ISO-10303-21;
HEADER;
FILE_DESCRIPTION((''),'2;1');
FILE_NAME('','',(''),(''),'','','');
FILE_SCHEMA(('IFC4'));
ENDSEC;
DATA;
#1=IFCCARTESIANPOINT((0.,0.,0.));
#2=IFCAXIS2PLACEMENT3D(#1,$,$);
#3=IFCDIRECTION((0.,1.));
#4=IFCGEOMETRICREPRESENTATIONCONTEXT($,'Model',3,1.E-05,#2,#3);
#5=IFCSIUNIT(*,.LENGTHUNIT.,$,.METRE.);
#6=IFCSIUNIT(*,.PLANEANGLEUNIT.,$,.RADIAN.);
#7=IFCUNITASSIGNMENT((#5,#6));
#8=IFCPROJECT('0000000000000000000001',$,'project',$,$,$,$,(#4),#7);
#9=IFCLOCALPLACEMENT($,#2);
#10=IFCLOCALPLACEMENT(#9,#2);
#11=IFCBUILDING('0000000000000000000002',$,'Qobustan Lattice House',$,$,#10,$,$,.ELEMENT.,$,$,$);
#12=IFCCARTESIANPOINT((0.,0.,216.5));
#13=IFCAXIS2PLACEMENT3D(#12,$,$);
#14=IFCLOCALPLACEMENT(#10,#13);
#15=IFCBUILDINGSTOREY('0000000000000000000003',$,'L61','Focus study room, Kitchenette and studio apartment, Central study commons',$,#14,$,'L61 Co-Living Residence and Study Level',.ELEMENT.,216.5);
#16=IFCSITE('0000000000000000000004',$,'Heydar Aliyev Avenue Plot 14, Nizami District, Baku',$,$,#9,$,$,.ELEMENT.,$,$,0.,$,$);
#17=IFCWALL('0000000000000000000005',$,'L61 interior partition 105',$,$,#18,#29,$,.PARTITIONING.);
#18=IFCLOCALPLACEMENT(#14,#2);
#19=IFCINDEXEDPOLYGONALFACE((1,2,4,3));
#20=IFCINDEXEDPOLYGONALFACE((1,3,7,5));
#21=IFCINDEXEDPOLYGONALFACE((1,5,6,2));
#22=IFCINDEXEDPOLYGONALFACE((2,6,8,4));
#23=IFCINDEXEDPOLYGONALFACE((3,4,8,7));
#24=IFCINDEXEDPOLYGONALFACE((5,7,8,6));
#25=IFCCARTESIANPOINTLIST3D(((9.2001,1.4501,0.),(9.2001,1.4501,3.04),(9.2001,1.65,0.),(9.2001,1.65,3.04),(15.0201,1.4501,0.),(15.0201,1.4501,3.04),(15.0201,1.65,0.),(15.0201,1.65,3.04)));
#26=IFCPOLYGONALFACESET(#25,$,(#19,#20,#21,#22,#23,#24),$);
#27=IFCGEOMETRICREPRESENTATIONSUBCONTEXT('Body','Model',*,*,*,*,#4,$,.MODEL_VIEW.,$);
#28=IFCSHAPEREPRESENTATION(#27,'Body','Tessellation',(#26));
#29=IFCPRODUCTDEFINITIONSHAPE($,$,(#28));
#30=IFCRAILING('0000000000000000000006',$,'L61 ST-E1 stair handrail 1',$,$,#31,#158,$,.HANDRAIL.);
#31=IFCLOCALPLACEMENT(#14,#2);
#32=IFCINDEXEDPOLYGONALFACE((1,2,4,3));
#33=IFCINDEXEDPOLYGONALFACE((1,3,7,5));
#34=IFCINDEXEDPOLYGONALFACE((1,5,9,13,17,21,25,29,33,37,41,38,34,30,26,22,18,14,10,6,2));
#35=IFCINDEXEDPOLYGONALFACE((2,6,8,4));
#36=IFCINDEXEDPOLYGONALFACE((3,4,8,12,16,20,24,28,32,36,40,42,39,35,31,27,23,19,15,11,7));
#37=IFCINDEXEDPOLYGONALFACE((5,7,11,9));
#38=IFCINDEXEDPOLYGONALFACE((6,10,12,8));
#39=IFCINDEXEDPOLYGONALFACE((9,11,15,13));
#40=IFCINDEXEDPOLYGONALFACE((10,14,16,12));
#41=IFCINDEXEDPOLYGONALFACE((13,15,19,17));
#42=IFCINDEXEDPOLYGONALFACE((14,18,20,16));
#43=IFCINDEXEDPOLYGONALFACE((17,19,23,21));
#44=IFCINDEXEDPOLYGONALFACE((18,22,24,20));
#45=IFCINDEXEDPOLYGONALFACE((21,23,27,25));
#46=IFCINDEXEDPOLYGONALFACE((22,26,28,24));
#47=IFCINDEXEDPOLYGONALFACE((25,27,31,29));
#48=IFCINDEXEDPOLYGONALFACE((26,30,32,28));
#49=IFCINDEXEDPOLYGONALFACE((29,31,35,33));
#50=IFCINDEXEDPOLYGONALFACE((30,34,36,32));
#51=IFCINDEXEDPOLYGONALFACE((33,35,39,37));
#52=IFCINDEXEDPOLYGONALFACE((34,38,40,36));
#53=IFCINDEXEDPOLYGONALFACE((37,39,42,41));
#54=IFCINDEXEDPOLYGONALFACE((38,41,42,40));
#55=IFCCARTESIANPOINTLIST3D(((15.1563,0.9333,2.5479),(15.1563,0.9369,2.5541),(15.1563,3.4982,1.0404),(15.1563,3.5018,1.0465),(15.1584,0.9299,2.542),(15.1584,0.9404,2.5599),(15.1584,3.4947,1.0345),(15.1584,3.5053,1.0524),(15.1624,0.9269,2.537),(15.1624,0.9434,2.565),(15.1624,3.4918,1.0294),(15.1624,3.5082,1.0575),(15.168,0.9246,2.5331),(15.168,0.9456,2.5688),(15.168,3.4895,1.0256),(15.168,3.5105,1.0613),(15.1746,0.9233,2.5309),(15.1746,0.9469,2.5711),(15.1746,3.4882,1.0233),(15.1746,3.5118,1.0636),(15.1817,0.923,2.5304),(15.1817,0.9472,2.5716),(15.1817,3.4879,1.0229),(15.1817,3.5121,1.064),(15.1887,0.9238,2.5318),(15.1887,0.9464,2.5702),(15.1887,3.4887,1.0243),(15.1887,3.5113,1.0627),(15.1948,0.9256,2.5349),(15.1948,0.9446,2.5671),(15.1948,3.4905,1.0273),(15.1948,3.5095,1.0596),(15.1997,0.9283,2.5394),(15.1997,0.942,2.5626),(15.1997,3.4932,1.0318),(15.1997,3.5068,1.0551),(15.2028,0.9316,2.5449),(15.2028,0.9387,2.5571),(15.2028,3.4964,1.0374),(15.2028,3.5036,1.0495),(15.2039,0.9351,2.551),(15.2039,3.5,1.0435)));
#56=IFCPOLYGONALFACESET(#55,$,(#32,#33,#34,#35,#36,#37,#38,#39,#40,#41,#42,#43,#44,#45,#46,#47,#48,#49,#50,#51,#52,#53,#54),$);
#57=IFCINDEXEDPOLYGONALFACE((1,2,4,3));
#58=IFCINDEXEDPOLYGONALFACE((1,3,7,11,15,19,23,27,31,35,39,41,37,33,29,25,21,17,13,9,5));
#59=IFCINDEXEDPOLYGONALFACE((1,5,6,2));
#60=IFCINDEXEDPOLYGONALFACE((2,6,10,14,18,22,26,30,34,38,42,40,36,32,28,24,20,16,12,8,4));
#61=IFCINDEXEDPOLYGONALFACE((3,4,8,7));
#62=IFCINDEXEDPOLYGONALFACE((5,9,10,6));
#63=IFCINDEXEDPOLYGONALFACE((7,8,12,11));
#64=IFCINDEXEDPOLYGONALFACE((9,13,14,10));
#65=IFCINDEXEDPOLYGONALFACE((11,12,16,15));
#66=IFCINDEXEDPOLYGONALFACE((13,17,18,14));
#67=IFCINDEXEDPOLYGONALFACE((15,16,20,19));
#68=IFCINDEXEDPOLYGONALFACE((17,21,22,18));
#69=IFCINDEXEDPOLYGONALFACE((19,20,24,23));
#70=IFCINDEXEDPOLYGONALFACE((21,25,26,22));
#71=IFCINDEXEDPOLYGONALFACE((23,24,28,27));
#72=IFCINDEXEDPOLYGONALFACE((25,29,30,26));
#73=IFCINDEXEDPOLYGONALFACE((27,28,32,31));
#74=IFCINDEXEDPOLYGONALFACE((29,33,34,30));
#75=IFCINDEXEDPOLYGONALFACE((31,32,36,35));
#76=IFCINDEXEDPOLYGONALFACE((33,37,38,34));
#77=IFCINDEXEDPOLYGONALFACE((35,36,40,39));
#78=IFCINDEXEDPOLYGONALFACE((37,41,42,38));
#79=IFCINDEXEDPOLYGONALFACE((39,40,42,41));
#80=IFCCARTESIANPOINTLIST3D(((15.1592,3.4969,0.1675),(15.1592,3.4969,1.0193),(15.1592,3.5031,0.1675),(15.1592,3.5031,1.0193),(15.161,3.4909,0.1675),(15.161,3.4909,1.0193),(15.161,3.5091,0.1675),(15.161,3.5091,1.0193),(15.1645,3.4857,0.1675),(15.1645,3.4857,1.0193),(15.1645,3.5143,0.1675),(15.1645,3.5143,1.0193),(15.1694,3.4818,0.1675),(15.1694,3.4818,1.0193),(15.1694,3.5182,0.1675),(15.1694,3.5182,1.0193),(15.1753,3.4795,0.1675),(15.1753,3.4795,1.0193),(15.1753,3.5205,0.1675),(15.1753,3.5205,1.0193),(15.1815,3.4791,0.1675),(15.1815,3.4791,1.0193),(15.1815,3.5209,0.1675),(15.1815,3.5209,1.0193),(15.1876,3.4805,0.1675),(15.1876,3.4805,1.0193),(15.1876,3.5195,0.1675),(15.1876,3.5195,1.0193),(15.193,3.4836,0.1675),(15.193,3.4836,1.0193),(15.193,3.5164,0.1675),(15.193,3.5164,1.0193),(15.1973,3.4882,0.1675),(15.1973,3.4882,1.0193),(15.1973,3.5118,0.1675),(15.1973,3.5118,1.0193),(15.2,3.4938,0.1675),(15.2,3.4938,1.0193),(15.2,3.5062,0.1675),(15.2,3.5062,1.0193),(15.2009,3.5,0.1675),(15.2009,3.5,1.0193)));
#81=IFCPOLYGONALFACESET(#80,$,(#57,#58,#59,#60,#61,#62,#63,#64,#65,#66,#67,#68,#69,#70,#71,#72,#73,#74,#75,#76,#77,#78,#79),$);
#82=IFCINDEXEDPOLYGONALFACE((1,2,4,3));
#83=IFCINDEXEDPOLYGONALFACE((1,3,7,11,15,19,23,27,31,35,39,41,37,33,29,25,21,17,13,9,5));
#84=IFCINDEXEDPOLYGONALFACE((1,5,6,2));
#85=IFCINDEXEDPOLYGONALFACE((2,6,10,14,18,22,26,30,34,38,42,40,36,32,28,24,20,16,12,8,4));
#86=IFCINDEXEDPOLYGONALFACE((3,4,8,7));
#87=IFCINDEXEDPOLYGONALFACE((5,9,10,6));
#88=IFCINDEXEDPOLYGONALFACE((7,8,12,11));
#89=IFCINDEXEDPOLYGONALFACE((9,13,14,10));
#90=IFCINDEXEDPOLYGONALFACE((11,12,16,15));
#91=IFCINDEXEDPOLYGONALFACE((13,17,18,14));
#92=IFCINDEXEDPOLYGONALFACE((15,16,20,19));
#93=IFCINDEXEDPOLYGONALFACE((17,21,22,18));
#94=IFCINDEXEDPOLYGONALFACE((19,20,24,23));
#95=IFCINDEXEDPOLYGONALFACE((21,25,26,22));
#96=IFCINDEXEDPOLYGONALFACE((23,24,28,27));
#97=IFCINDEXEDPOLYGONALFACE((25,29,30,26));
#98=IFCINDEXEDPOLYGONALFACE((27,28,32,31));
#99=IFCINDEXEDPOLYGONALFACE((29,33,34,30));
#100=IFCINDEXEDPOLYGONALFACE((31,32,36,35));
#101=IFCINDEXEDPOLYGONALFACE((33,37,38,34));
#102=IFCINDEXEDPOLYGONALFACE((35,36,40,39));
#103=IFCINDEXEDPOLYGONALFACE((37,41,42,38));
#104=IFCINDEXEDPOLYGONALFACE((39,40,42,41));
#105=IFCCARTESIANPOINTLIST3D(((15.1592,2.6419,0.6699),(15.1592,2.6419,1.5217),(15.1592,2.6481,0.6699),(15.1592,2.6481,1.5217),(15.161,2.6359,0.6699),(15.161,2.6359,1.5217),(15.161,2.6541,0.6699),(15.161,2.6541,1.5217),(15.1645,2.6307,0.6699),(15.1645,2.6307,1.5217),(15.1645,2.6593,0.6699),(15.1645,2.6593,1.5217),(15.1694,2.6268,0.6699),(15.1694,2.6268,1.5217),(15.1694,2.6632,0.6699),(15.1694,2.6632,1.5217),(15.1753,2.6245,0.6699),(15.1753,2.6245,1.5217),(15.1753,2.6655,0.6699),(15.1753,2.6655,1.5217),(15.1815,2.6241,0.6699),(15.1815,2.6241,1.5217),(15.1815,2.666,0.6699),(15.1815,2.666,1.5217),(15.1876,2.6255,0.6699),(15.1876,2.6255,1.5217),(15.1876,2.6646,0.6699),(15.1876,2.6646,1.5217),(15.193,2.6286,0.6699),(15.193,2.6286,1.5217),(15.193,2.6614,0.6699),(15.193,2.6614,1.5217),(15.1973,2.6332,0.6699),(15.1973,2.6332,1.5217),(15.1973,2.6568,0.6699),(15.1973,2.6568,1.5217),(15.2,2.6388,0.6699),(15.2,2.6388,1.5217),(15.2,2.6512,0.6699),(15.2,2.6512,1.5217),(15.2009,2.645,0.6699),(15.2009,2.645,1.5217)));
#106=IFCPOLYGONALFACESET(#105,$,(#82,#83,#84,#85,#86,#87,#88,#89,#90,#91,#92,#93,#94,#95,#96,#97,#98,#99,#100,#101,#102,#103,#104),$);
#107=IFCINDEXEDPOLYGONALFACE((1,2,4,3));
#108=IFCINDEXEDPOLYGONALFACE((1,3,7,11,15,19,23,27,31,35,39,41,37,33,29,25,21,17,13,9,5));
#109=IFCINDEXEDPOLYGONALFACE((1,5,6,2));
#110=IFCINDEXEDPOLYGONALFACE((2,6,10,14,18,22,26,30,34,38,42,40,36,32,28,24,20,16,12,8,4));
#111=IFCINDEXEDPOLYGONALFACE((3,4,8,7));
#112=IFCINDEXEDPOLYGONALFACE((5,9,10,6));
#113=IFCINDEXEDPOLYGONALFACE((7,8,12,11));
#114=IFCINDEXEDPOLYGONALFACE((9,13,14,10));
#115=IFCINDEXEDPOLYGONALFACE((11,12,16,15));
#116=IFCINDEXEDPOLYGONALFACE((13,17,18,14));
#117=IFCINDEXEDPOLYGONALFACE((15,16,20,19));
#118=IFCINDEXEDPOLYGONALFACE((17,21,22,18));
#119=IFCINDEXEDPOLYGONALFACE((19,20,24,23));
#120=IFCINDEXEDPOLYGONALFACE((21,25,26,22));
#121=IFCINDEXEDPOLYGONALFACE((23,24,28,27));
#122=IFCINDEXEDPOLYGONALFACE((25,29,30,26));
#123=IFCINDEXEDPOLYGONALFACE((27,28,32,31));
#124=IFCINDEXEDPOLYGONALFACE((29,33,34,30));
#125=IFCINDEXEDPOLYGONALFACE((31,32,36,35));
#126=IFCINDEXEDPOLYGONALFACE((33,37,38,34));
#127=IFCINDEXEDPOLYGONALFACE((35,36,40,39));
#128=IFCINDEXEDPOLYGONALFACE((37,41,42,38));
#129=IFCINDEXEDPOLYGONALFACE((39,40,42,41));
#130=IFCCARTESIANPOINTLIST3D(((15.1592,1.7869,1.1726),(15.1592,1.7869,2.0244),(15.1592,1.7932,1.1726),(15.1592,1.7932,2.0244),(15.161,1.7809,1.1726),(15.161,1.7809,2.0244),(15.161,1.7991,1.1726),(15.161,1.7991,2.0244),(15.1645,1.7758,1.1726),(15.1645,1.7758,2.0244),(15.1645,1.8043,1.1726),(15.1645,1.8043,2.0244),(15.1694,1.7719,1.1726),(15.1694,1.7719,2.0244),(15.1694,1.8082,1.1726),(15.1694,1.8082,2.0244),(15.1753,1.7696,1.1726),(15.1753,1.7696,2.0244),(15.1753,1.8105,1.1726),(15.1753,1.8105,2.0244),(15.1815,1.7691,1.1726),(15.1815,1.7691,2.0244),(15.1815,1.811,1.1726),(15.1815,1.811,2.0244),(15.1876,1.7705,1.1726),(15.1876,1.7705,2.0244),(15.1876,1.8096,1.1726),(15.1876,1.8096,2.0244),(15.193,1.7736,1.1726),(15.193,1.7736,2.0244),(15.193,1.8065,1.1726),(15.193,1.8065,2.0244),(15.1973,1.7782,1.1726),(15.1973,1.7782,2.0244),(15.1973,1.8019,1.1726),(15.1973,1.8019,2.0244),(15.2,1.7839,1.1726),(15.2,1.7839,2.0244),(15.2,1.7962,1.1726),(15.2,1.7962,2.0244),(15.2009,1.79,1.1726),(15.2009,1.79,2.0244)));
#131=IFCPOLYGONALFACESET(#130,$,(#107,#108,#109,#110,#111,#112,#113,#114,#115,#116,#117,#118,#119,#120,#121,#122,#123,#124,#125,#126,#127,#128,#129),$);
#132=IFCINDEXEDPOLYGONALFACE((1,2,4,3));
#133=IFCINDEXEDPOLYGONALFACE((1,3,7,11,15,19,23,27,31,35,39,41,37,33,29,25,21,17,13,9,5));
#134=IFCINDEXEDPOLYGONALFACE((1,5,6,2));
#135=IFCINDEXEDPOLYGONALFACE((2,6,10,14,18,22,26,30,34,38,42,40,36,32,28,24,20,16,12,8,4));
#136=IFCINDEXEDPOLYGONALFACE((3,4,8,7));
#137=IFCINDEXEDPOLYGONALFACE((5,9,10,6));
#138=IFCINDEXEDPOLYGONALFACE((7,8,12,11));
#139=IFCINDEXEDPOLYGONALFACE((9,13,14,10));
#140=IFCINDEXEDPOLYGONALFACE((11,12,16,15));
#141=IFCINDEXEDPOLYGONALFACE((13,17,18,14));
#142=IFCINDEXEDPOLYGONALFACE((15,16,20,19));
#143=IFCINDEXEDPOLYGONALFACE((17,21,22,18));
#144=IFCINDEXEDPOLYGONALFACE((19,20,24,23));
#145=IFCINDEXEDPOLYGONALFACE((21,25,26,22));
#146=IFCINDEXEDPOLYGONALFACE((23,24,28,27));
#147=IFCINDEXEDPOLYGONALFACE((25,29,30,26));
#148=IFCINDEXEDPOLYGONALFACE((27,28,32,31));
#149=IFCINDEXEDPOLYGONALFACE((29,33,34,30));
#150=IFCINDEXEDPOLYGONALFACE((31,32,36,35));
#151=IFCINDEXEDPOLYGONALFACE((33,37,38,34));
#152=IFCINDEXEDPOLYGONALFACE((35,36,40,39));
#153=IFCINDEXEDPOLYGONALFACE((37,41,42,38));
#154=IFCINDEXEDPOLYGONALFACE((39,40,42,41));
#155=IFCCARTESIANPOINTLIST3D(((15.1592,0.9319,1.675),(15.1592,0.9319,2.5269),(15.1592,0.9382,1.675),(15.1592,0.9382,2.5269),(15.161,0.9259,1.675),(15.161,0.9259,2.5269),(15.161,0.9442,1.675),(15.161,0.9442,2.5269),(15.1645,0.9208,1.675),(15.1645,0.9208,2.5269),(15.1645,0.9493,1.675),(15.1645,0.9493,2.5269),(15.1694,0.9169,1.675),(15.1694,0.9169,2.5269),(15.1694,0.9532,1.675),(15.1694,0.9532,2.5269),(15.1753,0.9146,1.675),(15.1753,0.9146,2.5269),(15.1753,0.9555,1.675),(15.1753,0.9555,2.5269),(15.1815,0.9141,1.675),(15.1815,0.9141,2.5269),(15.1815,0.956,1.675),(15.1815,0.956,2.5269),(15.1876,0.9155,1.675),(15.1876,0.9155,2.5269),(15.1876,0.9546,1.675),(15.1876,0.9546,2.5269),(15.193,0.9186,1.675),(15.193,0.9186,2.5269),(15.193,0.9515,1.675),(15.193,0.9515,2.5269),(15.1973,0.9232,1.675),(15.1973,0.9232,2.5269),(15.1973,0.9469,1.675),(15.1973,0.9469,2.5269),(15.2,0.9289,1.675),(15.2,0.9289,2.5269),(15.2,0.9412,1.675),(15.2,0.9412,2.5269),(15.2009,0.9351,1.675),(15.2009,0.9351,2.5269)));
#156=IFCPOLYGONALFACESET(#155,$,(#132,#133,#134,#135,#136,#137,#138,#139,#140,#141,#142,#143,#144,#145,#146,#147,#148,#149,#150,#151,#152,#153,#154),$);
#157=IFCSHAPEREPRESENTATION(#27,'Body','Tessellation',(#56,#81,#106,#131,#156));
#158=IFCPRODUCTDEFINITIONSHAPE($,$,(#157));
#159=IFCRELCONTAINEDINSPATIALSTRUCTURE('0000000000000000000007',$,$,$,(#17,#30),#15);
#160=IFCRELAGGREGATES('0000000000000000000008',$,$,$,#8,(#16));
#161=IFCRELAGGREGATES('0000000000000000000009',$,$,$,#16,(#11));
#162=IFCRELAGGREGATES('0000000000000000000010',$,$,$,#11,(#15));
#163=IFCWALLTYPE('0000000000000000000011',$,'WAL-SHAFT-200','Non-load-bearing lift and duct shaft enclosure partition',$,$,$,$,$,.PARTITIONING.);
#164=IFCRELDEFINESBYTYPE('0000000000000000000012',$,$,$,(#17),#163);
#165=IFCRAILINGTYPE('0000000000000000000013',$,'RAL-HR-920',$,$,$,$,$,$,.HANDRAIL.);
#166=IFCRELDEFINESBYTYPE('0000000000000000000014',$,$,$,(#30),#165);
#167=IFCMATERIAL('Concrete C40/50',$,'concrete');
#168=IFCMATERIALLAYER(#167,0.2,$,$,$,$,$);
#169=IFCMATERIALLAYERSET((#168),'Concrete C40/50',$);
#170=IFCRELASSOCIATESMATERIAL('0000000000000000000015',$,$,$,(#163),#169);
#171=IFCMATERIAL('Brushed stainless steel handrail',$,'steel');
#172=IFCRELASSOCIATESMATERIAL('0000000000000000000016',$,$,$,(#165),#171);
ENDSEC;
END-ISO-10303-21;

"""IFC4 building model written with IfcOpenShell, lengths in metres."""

from ifc_helpers import new_model, si_unit, direction, frame, frame_2d, origin, origin_2d, place, context, subcontext, project, spatial, rectangle, circle, extrude, material, layer, layer_set, type_object, element, save


model = new_model("IFC4")

# Units and contexts
model_context = context("Model", 3, precision=1e-05, world=origin(), true_north=direction((0.0, 1.0)))
body_context = subcontext(model_context, "Body", "Model", "MODEL_VIEW")
ifc_project = project(units=[si_unit("LENGTHUNIT", "METRE"), si_unit("PLANEANGLEUNIT", "RADIAN")], contexts=[model_context])

# Site, building, storey
site_placement = place(None, origin())
site = spatial("IfcSite", under=ifc_project, at=site_placement, Name="Heydar Aliyev Avenue Plot 14, Nizami District, Baku", CompositionType="ELEMENT", RefElevation=0.0)
building_placement = place(site_placement, origin())
building = spatial("IfcBuilding", under=site, at=building_placement, Name="Qobustan Lattice House", CompositionType="ELEMENT")
storey_placement = place(building_placement, frame((0.0, 0.0, 216.5)))
storey = spatial("IfcBuildingStorey", under=building, at=storey_placement, Name="L61", Description="Focus study room, Kitchenette and studio apartment, Central study commons", LongName="L61 Co-Living Residence and Study Level", CompositionType="ELEMENT", Elevation=216.5)

# Wall
ifc_material_1 = material(Name="Concrete C40/50", Category="concrete")
ifc_layer_1 = layer(ifc_material_1, 0.2)
ifc_layer_set_1 = layer_set([ifc_layer_1], Name="Concrete C40/50")
wall_type_1 = type_object("IfcWallType", Name="WAL-SHAFT-200", Description="Non-load-bearing lift and duct shaft enclosure partition", PredefinedType="PARTITIONING", material=ifc_layer_set_1)
wall_1_placement = place(storey_placement, frame((9.2, 1.55, 0.0), z_axis=(0.0, 0.0, 1.0), x_axis=(1.0, 0.0, 0.0)))
element("IfcWall", 1, at=wall_1_placement, inside=storey, type_object=wall_type_1, Name="L61 interior partition 105", PredefinedType="PARTITIONING", context=body_context, shape_type="SweptSolid", body=[
    extrude(rectangle(XDim=5.8201, YDim=0.2, at=frame_2d((2.9102, 0.0))), origin(), (0.0, 0.0, 1.0), 3.04),
])

# Railing
ifc_material_2 = material(Name="Brushed stainless steel handrail", Category="steel")
railing_type = type_object("IfcRailingType", Name="RAL-HR-920", PredefinedType="HANDRAIL", material=ifc_material_2)
railing_placement = place(storey_placement, frame((15.1799, 3.5, 0.1675)))
element("IfcRailing", 2, at=railing_placement, inside=storey, type_object=railing_type, Name="L61 ST-E1 stair handrail 1", PredefinedType="HANDRAIL", context=body_context, shape_type="SweptSolid", body=[
    extrude(circle(Radius=0.0239, at=origin_2d()), frame((0.0, 0.0, 0.876), z_axis=(0.0, -0.862113, 0.506715), x_axis=(1.0, 0.0, 0.0)), (0.0, 0.0, 1.0), 2.9751),
    extrude(circle(Radius=0.021, at=origin_2d()), origin(), (0.0, 0.0, 1.0), 0.8518),
    extrude(circle(Radius=0.021, at=origin_2d()), frame((0.0, -0.855, 0.5024)), (0.0, 0.0, 1.0), 0.8518),
    extrude(circle(Radius=0.021, at=origin_2d()), frame((0.0, -1.71, 1.0051)), (0.0, 0.0, 1.0), 0.8518),
    extrude(circle(Radius=0.021, at=origin_2d()), frame((0.0, -2.5649, 1.5076)), (0.0, 0.0, 1.0), 0.8518),
])

save(model, "model.ifc")
